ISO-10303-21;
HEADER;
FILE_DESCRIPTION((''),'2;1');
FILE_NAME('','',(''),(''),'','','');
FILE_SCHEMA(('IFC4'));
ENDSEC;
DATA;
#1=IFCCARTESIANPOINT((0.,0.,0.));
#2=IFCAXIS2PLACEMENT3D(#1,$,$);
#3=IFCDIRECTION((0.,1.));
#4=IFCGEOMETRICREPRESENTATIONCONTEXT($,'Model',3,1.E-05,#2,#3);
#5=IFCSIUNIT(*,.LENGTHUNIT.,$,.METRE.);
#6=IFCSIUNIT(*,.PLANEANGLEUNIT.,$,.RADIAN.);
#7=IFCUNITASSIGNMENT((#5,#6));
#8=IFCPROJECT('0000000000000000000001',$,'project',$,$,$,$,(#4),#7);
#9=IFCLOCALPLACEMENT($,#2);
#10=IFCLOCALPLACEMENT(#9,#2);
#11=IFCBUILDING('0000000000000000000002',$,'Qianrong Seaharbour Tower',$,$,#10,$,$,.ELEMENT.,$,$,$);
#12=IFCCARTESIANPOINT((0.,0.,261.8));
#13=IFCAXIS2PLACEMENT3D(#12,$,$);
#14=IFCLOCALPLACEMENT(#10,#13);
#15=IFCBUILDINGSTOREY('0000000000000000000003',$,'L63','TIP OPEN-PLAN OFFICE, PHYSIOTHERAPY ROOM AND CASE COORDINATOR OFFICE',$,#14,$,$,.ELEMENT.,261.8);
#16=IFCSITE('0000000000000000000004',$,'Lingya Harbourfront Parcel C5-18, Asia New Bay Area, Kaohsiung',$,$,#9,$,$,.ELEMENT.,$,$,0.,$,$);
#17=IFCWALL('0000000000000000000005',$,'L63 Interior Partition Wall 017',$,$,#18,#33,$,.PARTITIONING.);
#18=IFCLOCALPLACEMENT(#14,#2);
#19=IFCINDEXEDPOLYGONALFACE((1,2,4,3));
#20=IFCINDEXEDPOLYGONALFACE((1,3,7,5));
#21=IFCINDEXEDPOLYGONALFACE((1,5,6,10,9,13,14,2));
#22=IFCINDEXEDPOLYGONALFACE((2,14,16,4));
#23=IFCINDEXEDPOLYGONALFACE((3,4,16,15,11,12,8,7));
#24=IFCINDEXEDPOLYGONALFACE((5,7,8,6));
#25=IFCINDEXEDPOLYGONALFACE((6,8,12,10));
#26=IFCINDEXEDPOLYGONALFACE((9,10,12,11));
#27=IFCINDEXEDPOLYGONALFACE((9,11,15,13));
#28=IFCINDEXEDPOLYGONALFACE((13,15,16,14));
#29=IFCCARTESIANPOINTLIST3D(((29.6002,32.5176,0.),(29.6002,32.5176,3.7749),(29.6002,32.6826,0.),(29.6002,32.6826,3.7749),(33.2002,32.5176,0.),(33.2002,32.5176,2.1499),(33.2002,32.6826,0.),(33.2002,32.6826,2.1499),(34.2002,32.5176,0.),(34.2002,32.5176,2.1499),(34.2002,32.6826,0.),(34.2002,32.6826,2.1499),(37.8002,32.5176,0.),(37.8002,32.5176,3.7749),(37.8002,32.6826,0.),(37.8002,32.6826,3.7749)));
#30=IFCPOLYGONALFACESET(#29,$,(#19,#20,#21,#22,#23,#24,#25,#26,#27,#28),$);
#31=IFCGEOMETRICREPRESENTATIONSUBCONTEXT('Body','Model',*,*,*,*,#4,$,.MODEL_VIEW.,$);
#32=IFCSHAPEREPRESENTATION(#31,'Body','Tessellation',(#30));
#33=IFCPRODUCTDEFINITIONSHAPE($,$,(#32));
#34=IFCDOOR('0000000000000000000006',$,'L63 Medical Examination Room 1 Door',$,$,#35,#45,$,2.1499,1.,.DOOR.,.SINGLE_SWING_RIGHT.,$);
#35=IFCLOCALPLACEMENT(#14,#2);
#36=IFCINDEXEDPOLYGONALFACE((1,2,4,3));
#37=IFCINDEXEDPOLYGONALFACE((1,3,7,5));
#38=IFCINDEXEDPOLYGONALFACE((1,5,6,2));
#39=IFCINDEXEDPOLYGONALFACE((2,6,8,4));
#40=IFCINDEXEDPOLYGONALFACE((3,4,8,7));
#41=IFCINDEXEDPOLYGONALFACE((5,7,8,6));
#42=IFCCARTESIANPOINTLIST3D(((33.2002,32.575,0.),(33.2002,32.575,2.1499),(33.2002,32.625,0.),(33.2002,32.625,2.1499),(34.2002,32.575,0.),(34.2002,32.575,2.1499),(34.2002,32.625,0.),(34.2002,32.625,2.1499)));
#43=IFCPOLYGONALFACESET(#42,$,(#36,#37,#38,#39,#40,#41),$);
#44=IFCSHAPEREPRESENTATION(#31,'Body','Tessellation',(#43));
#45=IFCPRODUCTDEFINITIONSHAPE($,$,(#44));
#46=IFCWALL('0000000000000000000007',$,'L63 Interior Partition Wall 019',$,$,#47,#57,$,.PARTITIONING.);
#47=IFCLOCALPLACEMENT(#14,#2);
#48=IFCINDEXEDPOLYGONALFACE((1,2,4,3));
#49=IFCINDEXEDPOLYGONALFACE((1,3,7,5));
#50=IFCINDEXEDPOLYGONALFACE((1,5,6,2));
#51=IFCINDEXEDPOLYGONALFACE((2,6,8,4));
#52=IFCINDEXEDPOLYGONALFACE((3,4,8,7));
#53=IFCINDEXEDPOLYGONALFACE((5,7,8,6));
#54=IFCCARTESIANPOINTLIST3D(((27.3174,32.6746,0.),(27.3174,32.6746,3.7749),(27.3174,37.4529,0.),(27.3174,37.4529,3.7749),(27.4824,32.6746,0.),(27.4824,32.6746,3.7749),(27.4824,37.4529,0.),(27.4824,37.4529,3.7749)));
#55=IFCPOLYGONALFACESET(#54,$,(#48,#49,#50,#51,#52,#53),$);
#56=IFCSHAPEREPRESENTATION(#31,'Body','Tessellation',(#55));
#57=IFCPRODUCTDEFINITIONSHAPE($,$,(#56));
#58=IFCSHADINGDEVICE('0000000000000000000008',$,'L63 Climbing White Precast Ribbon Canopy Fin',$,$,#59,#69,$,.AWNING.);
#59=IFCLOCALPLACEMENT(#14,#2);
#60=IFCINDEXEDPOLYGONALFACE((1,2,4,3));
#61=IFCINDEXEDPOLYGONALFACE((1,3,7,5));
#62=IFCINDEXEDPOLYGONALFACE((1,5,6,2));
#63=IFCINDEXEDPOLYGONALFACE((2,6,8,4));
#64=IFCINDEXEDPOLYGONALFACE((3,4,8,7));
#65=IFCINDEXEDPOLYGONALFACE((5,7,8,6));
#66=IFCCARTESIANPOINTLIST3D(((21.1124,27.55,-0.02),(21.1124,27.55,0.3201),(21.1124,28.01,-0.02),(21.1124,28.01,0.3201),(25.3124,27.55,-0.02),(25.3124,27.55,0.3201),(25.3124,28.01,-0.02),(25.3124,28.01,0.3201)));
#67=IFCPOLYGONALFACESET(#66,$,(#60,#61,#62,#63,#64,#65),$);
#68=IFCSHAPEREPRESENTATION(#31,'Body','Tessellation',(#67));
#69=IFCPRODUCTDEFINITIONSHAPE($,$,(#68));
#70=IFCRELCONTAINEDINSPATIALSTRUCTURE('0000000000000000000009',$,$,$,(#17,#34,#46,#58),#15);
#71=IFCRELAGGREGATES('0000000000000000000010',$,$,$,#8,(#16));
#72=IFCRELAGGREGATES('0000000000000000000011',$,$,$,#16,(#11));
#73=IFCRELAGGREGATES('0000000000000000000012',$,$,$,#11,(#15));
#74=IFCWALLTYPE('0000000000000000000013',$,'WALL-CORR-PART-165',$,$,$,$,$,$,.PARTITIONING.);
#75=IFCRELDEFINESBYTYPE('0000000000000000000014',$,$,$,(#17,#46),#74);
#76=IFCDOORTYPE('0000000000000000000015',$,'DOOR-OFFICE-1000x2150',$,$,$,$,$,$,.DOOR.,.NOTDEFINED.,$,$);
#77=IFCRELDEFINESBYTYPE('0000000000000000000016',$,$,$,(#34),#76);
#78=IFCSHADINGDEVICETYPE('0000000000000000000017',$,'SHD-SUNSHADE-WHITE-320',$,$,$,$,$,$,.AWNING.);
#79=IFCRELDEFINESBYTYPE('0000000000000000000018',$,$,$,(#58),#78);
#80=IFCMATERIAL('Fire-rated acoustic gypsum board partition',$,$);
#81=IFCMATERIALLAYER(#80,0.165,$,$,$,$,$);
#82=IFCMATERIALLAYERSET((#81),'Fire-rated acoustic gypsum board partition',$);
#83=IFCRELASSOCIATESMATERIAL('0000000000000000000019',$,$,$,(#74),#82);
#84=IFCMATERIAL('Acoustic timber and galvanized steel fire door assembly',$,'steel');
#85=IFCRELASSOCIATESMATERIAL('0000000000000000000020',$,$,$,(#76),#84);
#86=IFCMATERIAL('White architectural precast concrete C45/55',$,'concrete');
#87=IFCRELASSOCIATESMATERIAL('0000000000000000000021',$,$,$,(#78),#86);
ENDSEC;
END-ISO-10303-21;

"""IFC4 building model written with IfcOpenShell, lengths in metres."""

from ifc_helpers import new_model, si_unit, direction, frame, frame_2d, origin, origin_2d, place, context, subcontext, project, spatial, rectangle, extrude, material, layer, layer_set, type_object, element, fill, save


model = new_model("IFC4")

# Units and contexts
model_context = context("Model", 3, precision=1e-05, world=origin(), true_north=direction((0.0, 1.0)))
body_context = subcontext(model_context, "Body", "Model", "MODEL_VIEW")
ifc_project = project(units=[si_unit("LENGTHUNIT", "METRE"), si_unit("PLANEANGLEUNIT", "RADIAN")], contexts=[model_context])

# Site, building, storey
site_placement = place(None, origin())
site = spatial("IfcSite", under=ifc_project, at=site_placement, Name="Lingya Harbourfront Parcel C5-18, Asia New Bay Area, Kaohsiung", CompositionType="ELEMENT", RefElevation=0.0)
building_placement = place(site_placement, origin())
building = spatial("IfcBuilding", under=site, at=building_placement, Name="Qianrong Seaharbour Tower", CompositionType="ELEMENT")
storey_placement = place(building_placement, frame((0.0, 0.0, 261.8)))
storey = spatial("IfcBuildingStorey", under=building, at=storey_placement, Name="L63", Description="TIP OPEN-PLAN OFFICE, PHYSIOTHERAPY ROOM AND CASE COORDINATOR OFFICE", CompositionType="ELEMENT", Elevation=261.8)

# Wall, opening, door
ifc_material_1 = material(Name="Fire-rated acoustic gypsum board partition")
ifc_layer = layer(ifc_material_1, 0.165)
ifc_layer_set = layer_set([ifc_layer], Name="Fire-rated acoustic gypsum board partition")
wall_type = type_object("IfcWallType", Name="WALL-CORR-PART-165", PredefinedType="PARTITIONING", material=ifc_layer_set)
wall_1_placement = place(storey_placement, frame((29.6001, 32.6001, 0.0), z_axis=(0.0, 0.0, 1.0), x_axis=(1.0, 0.0, 0.0)))
wall_1 = element("IfcWall", 1, at=wall_1_placement, inside=storey, type_object=wall_type, Name="L63 Interior Partition Wall 017", PredefinedType="PARTITIONING", context=body_context, shape_type="SweptSolid", body=[
    extrude(rectangle(XDim=8.2, YDim=0.165, at=frame_2d((4.1001, 0.0))), origin(), (0.0, 0.0, 1.0), 3.7749),
])
opening_placement = place(wall_1_placement, frame((3.6001, 0.0, 0.0)))
opening = element("IfcOpeningElement", 2, at=opening_placement, cuts=wall_1, PredefinedType="OPENING", context=body_context, shape_type="SweptSolid", body=[
    extrude(rectangle(XDim=1.0, YDim=2.1499, at=frame_2d((0.5, 1.075))), frame((0.0, 0.0925, 0.0), z_axis=(0.0, -1.0, 0.0), x_axis=(1.0, 0.0, 0.0)), (0.0, 0.0, 1.0), 0.1851),
])
ifc_material_2 = material(Name="Acoustic timber and galvanized steel fire door assembly", Category="steel")
door_type = type_object("IfcDoorType", Name="DOOR-OFFICE-1000x2150", OperationType="NOTDEFINED", PredefinedType="DOOR", material=ifc_material_2)
door_placement = place(opening_placement, origin())
door = element("IfcDoor", 3, at=door_placement, inside=storey, type_object=door_type, Name="L63 Medical Examination Room 1 Door", OperationType="SINGLE_SWING_RIGHT", OverallHeight=2.1499, OverallWidth=1.0, PredefinedType="DOOR", context=body_context, shape_type="SweptSolid", body=[
    extrude(rectangle(XDim=1.0, YDim=2.1499, at=frame_2d((0.5, 1.075))), frame((0.0, 0.0249, 0.0), z_axis=(0.0, -1.0, 0.0), x_axis=(1.0, 0.0, 0.0)), (0.0, 0.0, 1.0), 0.05),
])
fill(opening, door)

# Wall
wall_2_placement = place(storey_placement, frame((27.3999, 32.6746, 0.0), z_axis=(0.0, 0.0, 1.0), x_axis=(0.0, 1.0, 0.0)))
element("IfcWall", 4, at=wall_2_placement, inside=storey, type_object=wall_type, Name="L63 Interior Partition Wall 019", PredefinedType="PARTITIONING", context=body_context, shape_type="SweptSolid", body=[
    extrude(rectangle(XDim=4.7783, YDim=0.165, at=frame_2d((2.3892, 0.0))), origin(), (0.0, 0.0, 1.0), 3.7749),
])

# Shading device
ifc_material_3 = material(Name="White architectural precast concrete C45/55", Category="concrete")
shading_device_type = type_object("IfcShadingDeviceType", Name="SHD-SUNSHADE-WHITE-320", PredefinedType="AWNING", material=ifc_material_3)
shading_device_placement = place(storey_placement, frame((23.2124, 27.78, -0.02), z_axis=(0.0, 0.0, 1.0), x_axis=(1.0, 0.0, 0.0)))
element("IfcShadingDevice", 5, at=shading_device_placement, inside=storey, type_object=shading_device_type, Name="L63 Climbing White Precast Ribbon Canopy Fin", PredefinedType="AWNING", context=body_context, shape_type="SweptSolid", body=[
    extrude(rectangle(XDim=4.2, YDim=0.46, at=origin_2d()), origin(), (0.0, 0.0, 1.0), 0.3401),
])

save(model, "model.ifc")
